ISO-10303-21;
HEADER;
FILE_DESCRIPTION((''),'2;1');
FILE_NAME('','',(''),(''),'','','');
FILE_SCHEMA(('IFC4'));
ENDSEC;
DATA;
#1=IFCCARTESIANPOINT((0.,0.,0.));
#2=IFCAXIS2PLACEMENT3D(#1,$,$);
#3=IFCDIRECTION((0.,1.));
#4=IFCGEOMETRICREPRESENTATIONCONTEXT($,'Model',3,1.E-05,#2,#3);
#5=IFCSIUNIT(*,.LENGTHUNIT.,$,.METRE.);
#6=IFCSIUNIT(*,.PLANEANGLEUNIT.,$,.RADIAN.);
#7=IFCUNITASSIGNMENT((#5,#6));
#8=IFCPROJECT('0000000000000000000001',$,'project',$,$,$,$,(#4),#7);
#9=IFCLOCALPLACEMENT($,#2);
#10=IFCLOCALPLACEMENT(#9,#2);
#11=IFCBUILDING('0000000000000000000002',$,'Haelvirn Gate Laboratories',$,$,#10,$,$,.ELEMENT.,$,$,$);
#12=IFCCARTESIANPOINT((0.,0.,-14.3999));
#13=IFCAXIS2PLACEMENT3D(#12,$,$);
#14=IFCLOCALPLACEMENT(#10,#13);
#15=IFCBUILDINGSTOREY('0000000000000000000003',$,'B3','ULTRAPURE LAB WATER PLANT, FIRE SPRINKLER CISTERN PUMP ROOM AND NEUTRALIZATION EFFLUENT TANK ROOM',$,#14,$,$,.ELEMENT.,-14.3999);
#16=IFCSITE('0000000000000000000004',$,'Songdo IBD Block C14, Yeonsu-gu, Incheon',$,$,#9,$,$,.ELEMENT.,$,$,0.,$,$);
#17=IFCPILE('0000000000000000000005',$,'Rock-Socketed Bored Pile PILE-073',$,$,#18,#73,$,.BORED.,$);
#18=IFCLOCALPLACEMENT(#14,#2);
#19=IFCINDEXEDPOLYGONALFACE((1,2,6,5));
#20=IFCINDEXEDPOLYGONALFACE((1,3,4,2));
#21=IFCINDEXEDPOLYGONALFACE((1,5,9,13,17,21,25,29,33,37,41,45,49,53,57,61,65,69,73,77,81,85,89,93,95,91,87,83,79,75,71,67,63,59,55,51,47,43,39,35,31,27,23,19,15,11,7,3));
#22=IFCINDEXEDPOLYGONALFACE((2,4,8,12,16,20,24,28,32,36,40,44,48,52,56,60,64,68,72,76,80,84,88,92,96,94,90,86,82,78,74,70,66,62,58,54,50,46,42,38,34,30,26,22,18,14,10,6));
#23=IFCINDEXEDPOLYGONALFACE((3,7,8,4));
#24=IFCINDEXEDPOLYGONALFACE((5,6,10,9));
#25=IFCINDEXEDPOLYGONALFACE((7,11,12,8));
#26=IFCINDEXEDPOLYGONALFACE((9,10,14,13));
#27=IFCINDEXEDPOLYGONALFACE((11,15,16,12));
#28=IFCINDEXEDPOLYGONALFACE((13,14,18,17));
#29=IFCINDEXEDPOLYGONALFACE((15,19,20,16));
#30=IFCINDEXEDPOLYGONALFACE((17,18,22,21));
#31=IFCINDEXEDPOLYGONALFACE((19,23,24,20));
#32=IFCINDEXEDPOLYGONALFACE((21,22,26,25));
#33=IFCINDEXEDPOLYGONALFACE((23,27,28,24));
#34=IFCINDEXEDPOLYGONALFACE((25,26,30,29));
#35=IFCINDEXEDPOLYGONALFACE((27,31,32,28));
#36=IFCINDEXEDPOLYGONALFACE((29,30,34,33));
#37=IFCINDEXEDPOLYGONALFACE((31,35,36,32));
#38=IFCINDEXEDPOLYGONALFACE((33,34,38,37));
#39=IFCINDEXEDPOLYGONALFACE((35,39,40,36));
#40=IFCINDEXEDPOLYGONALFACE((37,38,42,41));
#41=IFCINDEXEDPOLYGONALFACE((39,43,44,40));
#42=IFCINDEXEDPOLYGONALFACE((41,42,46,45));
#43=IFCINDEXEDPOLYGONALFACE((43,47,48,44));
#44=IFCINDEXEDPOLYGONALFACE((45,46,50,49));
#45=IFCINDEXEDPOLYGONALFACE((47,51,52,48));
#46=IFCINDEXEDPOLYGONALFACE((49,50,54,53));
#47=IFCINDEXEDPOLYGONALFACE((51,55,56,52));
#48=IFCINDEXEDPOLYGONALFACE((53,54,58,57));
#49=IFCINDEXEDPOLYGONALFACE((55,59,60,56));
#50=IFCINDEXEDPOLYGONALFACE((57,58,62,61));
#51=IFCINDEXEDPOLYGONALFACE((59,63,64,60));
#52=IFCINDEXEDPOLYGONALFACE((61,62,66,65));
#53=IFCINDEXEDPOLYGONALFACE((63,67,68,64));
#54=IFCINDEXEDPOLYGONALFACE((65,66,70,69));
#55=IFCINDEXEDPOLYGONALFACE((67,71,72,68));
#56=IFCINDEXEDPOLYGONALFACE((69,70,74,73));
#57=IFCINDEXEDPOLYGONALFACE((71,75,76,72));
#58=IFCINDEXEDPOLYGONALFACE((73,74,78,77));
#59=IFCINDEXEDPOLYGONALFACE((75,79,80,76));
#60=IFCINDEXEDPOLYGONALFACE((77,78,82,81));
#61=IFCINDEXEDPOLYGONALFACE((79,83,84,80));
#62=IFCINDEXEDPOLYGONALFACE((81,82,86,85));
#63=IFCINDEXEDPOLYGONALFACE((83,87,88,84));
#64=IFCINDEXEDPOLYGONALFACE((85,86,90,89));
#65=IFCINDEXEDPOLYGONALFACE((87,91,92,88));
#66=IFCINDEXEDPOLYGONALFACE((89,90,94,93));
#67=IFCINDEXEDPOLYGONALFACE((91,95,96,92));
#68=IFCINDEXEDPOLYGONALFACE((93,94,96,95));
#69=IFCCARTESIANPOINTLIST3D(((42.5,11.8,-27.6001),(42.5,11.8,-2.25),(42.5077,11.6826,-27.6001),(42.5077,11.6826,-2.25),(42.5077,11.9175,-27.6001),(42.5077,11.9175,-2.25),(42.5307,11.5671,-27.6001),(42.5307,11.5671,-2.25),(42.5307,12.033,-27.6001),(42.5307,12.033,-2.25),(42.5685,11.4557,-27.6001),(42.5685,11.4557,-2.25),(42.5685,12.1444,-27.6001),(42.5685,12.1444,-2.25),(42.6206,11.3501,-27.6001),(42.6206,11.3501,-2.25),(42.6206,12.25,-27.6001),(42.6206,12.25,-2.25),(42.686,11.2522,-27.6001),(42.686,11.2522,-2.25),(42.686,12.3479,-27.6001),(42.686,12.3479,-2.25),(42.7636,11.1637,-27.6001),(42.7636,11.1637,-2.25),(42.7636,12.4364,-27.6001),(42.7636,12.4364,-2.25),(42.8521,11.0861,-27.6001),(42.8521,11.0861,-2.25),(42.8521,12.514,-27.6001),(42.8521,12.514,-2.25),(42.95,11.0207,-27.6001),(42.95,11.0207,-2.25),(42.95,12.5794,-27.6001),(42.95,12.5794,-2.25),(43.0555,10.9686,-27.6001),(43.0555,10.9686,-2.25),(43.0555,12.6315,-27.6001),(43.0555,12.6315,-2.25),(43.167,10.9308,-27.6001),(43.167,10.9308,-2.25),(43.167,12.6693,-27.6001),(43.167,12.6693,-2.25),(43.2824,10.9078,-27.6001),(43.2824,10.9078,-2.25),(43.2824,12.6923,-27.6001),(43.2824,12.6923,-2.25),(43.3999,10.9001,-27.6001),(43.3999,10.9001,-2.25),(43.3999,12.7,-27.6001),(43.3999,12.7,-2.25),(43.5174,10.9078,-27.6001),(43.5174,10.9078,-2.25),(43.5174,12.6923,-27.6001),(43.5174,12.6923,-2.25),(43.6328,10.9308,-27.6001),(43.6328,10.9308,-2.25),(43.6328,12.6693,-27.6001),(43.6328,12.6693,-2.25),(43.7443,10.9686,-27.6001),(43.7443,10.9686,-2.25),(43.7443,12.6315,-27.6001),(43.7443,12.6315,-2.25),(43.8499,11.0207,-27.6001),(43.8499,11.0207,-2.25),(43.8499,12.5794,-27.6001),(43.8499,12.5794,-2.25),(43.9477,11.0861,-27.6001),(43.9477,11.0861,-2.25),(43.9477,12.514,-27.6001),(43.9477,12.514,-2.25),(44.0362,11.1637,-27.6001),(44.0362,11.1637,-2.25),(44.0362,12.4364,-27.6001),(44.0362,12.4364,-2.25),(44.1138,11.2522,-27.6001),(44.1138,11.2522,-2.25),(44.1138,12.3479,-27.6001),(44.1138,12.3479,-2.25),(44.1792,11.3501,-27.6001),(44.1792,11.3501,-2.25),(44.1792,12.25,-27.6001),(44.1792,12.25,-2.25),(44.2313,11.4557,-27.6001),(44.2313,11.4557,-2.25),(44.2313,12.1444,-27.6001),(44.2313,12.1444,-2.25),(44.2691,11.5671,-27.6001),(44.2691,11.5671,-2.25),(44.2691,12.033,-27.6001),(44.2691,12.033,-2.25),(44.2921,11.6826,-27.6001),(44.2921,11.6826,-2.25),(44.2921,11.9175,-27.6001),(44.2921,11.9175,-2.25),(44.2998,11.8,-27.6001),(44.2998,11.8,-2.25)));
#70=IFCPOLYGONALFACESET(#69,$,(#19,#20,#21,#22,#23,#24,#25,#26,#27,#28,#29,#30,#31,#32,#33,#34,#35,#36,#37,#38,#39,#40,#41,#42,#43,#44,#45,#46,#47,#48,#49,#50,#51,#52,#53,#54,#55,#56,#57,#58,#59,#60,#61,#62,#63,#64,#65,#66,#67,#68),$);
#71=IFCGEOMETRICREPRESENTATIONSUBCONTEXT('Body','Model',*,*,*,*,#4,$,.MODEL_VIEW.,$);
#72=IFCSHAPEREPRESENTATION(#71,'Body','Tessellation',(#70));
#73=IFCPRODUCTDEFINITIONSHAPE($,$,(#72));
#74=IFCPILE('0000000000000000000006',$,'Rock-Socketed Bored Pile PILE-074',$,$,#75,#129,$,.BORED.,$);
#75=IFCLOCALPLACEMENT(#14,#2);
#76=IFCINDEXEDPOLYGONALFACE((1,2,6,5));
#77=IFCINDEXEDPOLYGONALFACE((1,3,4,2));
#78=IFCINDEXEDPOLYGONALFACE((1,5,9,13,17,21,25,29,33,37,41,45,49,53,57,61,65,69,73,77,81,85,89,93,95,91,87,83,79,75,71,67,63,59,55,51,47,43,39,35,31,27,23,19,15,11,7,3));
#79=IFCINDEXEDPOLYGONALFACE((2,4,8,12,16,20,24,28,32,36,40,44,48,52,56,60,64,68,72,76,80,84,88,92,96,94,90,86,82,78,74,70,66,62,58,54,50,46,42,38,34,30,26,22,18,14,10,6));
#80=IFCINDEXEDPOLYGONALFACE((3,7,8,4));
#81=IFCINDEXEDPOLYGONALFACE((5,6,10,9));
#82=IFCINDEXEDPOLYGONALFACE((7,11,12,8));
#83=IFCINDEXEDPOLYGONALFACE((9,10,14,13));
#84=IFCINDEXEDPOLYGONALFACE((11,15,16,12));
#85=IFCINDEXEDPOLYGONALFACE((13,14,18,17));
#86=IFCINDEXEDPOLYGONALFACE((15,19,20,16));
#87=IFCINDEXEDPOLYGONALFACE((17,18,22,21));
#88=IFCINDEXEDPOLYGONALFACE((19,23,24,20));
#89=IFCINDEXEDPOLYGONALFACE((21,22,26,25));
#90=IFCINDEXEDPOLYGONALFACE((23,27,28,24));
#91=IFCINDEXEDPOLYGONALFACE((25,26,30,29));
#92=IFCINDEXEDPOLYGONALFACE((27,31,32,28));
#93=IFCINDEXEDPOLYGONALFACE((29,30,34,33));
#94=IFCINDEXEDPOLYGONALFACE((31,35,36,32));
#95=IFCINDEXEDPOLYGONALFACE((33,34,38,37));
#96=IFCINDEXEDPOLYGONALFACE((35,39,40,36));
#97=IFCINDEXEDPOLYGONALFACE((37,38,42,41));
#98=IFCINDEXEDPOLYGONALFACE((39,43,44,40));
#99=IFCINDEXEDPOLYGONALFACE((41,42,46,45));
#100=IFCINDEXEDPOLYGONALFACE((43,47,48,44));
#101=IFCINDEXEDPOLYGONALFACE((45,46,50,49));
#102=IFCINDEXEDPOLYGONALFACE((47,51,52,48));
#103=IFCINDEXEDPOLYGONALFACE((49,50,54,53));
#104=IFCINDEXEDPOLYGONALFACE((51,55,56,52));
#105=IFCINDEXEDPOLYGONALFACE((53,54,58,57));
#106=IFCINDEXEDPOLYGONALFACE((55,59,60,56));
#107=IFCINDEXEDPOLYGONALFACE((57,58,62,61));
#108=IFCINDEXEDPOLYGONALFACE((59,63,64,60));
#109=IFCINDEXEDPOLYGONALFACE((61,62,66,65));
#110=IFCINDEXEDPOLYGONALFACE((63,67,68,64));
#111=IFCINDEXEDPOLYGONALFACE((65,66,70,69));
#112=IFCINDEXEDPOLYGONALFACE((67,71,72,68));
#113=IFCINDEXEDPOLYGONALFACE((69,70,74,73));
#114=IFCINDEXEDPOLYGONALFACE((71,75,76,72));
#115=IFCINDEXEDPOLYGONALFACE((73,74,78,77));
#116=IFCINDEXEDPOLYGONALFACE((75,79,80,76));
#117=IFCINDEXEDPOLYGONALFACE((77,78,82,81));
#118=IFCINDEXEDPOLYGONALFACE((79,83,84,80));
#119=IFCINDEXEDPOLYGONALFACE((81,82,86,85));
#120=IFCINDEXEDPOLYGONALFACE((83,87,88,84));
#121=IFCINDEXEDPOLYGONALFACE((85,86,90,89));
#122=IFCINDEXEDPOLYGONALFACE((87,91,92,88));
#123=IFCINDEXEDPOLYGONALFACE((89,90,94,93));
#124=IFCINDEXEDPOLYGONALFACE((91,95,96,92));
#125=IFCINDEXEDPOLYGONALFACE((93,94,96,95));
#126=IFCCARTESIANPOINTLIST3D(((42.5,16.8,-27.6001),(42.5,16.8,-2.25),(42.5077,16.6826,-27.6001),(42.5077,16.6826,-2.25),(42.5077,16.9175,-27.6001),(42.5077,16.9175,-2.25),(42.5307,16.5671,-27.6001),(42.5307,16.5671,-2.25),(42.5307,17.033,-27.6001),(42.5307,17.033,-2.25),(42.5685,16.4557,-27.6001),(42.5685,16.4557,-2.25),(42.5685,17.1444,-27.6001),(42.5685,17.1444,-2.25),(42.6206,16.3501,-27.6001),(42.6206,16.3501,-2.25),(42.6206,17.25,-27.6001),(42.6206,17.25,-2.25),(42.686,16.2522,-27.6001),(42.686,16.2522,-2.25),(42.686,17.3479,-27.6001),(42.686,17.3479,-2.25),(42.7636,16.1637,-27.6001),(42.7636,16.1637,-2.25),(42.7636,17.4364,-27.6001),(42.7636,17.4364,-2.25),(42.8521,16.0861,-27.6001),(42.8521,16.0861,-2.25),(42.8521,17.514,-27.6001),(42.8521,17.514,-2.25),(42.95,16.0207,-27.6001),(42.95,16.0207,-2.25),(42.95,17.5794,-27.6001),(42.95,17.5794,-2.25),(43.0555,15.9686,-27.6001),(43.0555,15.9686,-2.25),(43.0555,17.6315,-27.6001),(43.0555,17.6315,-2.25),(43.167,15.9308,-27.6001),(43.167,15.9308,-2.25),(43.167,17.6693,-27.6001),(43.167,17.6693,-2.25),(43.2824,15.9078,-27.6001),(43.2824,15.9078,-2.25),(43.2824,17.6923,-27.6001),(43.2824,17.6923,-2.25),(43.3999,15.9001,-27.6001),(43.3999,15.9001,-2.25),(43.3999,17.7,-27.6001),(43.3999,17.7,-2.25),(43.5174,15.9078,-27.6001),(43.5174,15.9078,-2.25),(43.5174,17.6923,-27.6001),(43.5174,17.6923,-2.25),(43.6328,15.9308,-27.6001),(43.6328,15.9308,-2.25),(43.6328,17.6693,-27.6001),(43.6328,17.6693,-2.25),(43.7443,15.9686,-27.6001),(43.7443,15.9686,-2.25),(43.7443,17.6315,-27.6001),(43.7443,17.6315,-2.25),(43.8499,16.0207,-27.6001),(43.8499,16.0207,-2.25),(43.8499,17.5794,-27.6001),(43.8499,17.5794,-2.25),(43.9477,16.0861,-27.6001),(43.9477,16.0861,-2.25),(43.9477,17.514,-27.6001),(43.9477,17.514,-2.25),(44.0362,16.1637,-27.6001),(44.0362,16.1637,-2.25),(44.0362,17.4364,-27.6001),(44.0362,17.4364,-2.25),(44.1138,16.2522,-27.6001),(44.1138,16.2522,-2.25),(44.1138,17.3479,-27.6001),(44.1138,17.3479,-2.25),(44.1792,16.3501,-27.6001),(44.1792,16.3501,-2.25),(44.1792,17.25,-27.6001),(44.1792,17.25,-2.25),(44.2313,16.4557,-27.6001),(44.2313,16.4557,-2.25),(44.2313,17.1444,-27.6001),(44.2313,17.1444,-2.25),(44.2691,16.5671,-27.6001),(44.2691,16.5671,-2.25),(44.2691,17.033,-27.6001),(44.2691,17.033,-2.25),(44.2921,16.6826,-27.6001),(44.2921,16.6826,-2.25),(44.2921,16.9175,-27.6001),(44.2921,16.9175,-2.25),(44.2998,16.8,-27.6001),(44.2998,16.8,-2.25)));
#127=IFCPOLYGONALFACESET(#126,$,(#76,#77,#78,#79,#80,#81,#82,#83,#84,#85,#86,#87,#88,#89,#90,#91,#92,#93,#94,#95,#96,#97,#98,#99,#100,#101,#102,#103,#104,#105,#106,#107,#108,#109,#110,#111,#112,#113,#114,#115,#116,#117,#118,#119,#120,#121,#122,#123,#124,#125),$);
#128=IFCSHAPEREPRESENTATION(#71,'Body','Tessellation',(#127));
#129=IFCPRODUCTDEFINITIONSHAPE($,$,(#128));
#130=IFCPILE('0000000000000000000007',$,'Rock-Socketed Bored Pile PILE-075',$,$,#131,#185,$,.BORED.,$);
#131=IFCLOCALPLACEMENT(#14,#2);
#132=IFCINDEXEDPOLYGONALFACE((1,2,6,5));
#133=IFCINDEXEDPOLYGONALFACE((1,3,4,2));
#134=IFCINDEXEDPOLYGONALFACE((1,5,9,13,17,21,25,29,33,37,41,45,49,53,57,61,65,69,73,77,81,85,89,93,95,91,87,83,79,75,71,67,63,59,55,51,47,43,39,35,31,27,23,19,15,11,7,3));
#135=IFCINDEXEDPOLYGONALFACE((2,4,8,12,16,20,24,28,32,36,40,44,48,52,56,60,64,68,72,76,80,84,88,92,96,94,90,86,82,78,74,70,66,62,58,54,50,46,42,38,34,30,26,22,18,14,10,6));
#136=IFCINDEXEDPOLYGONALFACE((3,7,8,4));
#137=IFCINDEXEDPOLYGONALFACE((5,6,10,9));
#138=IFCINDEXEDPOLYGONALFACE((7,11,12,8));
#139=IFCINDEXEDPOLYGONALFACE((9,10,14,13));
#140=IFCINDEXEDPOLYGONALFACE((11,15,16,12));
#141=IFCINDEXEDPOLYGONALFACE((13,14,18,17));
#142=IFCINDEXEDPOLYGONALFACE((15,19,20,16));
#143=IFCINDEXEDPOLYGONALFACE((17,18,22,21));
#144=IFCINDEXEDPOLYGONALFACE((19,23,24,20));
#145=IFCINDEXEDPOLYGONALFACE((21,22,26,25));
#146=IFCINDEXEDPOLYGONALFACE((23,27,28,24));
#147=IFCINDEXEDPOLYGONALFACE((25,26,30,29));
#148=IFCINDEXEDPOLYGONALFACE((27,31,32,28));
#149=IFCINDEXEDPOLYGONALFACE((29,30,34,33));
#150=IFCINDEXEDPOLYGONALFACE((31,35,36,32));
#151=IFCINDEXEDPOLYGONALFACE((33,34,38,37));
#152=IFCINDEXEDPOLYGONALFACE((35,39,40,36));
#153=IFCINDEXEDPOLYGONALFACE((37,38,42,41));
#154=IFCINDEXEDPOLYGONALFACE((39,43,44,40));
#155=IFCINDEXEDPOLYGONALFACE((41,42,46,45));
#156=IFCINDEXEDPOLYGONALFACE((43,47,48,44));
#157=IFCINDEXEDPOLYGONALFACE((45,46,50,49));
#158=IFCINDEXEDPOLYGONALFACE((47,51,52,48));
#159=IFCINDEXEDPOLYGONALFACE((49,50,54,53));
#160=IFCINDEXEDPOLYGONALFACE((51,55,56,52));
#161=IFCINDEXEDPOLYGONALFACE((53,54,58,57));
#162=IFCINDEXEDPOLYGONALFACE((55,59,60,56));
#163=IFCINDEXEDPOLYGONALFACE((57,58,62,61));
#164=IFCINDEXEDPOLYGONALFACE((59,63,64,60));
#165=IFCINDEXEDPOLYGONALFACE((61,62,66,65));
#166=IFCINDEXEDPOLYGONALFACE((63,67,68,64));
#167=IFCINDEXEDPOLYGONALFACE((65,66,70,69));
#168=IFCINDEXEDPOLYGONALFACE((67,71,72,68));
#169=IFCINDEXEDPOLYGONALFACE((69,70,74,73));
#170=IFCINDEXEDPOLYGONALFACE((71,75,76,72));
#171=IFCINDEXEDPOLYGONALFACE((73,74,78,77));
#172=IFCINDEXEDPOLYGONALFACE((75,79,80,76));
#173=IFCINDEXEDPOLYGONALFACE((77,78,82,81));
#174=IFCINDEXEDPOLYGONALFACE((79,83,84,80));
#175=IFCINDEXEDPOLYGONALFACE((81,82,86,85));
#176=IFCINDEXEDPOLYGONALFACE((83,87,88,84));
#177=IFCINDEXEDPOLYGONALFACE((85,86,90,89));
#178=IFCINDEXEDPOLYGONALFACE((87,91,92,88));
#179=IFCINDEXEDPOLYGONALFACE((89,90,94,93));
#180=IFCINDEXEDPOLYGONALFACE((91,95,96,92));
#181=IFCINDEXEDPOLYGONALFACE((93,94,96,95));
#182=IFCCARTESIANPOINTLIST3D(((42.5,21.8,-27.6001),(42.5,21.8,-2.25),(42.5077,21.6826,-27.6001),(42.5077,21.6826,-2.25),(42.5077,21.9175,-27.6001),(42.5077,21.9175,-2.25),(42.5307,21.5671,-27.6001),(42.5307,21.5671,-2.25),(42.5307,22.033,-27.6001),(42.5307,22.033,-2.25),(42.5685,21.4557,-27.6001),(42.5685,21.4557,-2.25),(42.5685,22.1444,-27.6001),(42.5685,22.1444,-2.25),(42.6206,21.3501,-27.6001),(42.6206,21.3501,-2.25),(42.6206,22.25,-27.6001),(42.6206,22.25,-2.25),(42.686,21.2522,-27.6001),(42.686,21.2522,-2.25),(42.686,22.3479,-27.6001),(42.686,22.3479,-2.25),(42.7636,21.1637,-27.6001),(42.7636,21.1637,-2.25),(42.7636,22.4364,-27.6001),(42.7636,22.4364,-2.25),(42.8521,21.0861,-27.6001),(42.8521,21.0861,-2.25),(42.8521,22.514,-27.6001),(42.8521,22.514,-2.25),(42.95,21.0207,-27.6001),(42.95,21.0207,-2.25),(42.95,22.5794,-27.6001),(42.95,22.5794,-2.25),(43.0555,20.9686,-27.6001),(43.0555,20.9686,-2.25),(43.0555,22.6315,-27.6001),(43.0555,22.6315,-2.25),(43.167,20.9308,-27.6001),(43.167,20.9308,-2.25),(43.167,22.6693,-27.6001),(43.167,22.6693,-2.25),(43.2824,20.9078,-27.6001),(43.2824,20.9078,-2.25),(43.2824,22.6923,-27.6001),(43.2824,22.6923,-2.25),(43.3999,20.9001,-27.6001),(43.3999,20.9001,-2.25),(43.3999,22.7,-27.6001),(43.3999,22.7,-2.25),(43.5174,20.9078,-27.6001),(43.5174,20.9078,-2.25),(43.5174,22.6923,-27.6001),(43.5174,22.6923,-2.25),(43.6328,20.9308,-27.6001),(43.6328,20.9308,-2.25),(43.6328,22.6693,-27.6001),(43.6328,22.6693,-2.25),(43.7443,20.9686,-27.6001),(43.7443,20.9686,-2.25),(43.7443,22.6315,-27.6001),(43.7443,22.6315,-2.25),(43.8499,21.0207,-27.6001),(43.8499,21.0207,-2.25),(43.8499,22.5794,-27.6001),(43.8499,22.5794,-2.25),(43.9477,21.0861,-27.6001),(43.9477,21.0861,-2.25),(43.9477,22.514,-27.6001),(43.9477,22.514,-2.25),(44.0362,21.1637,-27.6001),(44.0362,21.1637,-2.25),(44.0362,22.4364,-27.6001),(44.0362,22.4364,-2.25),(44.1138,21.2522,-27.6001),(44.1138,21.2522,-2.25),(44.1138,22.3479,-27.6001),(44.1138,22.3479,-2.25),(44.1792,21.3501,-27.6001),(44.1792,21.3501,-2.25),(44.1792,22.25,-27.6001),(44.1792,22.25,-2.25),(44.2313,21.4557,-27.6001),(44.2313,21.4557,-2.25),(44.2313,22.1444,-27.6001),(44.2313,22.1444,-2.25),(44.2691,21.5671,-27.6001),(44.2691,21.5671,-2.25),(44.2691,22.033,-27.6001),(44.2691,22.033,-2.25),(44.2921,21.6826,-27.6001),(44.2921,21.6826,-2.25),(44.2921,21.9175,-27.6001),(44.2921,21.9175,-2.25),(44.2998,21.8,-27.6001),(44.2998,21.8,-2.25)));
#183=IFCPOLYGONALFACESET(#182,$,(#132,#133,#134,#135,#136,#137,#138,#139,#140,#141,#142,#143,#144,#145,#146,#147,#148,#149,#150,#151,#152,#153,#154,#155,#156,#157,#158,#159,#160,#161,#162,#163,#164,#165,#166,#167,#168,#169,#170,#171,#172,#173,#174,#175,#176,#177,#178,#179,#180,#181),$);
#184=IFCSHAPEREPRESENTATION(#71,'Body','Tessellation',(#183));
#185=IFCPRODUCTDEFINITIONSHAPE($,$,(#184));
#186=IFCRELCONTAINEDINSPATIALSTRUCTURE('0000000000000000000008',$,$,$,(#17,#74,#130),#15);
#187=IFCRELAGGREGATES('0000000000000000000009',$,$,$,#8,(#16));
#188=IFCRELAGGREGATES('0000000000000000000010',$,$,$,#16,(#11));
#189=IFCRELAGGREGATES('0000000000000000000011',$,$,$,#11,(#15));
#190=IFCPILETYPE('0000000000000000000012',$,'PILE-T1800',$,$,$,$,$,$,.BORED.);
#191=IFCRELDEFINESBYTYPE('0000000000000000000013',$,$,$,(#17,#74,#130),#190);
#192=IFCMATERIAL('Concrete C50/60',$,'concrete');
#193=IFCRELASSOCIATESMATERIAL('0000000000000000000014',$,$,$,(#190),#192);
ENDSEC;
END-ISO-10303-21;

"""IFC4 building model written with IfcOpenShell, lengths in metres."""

from ifc_helpers import new_model, si_unit, direction, frame, origin, origin_2d, place, context, subcontext, project, spatial, circle, extrude, source, transform, mapped, material, material_profile, profile_set, type_object, type_shapes, element, save


model = new_model("IFC4")

# Units and contexts
model_context = context("Model", 3, precision=1e-05, world=origin(), true_north=direction((0.0, 1.0)))
body_context = subcontext(model_context, "Body", "Model", "MODEL_VIEW")
ifc_project = project(units=[si_unit("LENGTHUNIT", "METRE"), si_unit("PLANEANGLEUNIT", "RADIAN")], contexts=[model_context])

# Site, building, storey
site_placement = place(None, origin())
site = spatial("IfcSite", under=ifc_project, at=site_placement, Name="Songdo IBD Block C14, Yeonsu-gu, Incheon", CompositionType="ELEMENT", RefElevation=0.0)
building_placement = place(site_placement, origin())
building = spatial("IfcBuilding", under=site, at=building_placement, Name="Haelvirn Gate Laboratories", CompositionType="ELEMENT")
storey_placement = place(building_placement, frame((0.0, 0.0, -14.3999)))
storey = spatial("IfcBuildingStorey", under=building, at=storey_placement, Name="B3", Description="ULTRAPURE LAB WATER PLANT, FIRE SPRINKLER CISTERN PUMP ROOM AND NEUTRALIZATION EFFLUENT TANK ROOM", CompositionType="ELEMENT", Elevation=-14.3999)

# Piles
ifc_material_1 = material(Name="Concrete C50/60", Category="concrete")
ifc_material_profile_1 = material_profile(ifc_material_1, circle(Radius=0.8999, at=origin_2d()), Name="PILE-D1800")
ifc_profile_set_1 = profile_set([ifc_material_profile_1], Name="Concrete C50/60")
pile_type_1 = type_object("IfcPileType", Name="PILE-T1800", PredefinedType="BORED", material=ifc_profile_set_1)
shared_shape_1 = source(origin(), body_context, "Body", "SweptSolid", [
    extrude(circle(Radius=0.8999, at=origin_2d()), origin(), (0.0, 0.0, 1.0), 25.3501),
])
type_shapes(pile_type_1, [shared_shape_1])
for number, where, z_axis, x_axis, name in (
    (1, (43.3999, 11.8, -2.25), (0.0, 0.0, -1.0), (1.0, 0.0, 0.0), "Rock-Socketed Bored Pile PILE-073"),
    (2, (43.3999, 16.8, -2.25), (0.0, 0.0, -1.0), (1.0, 0.0, 0.0), "Rock-Socketed Bored Pile PILE-074"),
    (3, (43.3999, 21.8, -2.25), (0.0, 0.0, -1.0), (1.0, 0.0, 0.0), "Rock-Socketed Bored Pile PILE-075"),
):
    element("IfcPile", number, at=place(storey_placement, frame(where, z_axis=z_axis, x_axis=x_axis)), inside=storey, type_object=pile_type_1, Name=name, PredefinedType="BORED", context=body_context, shape_type="MappedRepresentation", body=[
        mapped(shared_shape_1, transform((0.0, 0.0, 0.0), scale=1.0)),
    ])

save(model, "model.ifc")
